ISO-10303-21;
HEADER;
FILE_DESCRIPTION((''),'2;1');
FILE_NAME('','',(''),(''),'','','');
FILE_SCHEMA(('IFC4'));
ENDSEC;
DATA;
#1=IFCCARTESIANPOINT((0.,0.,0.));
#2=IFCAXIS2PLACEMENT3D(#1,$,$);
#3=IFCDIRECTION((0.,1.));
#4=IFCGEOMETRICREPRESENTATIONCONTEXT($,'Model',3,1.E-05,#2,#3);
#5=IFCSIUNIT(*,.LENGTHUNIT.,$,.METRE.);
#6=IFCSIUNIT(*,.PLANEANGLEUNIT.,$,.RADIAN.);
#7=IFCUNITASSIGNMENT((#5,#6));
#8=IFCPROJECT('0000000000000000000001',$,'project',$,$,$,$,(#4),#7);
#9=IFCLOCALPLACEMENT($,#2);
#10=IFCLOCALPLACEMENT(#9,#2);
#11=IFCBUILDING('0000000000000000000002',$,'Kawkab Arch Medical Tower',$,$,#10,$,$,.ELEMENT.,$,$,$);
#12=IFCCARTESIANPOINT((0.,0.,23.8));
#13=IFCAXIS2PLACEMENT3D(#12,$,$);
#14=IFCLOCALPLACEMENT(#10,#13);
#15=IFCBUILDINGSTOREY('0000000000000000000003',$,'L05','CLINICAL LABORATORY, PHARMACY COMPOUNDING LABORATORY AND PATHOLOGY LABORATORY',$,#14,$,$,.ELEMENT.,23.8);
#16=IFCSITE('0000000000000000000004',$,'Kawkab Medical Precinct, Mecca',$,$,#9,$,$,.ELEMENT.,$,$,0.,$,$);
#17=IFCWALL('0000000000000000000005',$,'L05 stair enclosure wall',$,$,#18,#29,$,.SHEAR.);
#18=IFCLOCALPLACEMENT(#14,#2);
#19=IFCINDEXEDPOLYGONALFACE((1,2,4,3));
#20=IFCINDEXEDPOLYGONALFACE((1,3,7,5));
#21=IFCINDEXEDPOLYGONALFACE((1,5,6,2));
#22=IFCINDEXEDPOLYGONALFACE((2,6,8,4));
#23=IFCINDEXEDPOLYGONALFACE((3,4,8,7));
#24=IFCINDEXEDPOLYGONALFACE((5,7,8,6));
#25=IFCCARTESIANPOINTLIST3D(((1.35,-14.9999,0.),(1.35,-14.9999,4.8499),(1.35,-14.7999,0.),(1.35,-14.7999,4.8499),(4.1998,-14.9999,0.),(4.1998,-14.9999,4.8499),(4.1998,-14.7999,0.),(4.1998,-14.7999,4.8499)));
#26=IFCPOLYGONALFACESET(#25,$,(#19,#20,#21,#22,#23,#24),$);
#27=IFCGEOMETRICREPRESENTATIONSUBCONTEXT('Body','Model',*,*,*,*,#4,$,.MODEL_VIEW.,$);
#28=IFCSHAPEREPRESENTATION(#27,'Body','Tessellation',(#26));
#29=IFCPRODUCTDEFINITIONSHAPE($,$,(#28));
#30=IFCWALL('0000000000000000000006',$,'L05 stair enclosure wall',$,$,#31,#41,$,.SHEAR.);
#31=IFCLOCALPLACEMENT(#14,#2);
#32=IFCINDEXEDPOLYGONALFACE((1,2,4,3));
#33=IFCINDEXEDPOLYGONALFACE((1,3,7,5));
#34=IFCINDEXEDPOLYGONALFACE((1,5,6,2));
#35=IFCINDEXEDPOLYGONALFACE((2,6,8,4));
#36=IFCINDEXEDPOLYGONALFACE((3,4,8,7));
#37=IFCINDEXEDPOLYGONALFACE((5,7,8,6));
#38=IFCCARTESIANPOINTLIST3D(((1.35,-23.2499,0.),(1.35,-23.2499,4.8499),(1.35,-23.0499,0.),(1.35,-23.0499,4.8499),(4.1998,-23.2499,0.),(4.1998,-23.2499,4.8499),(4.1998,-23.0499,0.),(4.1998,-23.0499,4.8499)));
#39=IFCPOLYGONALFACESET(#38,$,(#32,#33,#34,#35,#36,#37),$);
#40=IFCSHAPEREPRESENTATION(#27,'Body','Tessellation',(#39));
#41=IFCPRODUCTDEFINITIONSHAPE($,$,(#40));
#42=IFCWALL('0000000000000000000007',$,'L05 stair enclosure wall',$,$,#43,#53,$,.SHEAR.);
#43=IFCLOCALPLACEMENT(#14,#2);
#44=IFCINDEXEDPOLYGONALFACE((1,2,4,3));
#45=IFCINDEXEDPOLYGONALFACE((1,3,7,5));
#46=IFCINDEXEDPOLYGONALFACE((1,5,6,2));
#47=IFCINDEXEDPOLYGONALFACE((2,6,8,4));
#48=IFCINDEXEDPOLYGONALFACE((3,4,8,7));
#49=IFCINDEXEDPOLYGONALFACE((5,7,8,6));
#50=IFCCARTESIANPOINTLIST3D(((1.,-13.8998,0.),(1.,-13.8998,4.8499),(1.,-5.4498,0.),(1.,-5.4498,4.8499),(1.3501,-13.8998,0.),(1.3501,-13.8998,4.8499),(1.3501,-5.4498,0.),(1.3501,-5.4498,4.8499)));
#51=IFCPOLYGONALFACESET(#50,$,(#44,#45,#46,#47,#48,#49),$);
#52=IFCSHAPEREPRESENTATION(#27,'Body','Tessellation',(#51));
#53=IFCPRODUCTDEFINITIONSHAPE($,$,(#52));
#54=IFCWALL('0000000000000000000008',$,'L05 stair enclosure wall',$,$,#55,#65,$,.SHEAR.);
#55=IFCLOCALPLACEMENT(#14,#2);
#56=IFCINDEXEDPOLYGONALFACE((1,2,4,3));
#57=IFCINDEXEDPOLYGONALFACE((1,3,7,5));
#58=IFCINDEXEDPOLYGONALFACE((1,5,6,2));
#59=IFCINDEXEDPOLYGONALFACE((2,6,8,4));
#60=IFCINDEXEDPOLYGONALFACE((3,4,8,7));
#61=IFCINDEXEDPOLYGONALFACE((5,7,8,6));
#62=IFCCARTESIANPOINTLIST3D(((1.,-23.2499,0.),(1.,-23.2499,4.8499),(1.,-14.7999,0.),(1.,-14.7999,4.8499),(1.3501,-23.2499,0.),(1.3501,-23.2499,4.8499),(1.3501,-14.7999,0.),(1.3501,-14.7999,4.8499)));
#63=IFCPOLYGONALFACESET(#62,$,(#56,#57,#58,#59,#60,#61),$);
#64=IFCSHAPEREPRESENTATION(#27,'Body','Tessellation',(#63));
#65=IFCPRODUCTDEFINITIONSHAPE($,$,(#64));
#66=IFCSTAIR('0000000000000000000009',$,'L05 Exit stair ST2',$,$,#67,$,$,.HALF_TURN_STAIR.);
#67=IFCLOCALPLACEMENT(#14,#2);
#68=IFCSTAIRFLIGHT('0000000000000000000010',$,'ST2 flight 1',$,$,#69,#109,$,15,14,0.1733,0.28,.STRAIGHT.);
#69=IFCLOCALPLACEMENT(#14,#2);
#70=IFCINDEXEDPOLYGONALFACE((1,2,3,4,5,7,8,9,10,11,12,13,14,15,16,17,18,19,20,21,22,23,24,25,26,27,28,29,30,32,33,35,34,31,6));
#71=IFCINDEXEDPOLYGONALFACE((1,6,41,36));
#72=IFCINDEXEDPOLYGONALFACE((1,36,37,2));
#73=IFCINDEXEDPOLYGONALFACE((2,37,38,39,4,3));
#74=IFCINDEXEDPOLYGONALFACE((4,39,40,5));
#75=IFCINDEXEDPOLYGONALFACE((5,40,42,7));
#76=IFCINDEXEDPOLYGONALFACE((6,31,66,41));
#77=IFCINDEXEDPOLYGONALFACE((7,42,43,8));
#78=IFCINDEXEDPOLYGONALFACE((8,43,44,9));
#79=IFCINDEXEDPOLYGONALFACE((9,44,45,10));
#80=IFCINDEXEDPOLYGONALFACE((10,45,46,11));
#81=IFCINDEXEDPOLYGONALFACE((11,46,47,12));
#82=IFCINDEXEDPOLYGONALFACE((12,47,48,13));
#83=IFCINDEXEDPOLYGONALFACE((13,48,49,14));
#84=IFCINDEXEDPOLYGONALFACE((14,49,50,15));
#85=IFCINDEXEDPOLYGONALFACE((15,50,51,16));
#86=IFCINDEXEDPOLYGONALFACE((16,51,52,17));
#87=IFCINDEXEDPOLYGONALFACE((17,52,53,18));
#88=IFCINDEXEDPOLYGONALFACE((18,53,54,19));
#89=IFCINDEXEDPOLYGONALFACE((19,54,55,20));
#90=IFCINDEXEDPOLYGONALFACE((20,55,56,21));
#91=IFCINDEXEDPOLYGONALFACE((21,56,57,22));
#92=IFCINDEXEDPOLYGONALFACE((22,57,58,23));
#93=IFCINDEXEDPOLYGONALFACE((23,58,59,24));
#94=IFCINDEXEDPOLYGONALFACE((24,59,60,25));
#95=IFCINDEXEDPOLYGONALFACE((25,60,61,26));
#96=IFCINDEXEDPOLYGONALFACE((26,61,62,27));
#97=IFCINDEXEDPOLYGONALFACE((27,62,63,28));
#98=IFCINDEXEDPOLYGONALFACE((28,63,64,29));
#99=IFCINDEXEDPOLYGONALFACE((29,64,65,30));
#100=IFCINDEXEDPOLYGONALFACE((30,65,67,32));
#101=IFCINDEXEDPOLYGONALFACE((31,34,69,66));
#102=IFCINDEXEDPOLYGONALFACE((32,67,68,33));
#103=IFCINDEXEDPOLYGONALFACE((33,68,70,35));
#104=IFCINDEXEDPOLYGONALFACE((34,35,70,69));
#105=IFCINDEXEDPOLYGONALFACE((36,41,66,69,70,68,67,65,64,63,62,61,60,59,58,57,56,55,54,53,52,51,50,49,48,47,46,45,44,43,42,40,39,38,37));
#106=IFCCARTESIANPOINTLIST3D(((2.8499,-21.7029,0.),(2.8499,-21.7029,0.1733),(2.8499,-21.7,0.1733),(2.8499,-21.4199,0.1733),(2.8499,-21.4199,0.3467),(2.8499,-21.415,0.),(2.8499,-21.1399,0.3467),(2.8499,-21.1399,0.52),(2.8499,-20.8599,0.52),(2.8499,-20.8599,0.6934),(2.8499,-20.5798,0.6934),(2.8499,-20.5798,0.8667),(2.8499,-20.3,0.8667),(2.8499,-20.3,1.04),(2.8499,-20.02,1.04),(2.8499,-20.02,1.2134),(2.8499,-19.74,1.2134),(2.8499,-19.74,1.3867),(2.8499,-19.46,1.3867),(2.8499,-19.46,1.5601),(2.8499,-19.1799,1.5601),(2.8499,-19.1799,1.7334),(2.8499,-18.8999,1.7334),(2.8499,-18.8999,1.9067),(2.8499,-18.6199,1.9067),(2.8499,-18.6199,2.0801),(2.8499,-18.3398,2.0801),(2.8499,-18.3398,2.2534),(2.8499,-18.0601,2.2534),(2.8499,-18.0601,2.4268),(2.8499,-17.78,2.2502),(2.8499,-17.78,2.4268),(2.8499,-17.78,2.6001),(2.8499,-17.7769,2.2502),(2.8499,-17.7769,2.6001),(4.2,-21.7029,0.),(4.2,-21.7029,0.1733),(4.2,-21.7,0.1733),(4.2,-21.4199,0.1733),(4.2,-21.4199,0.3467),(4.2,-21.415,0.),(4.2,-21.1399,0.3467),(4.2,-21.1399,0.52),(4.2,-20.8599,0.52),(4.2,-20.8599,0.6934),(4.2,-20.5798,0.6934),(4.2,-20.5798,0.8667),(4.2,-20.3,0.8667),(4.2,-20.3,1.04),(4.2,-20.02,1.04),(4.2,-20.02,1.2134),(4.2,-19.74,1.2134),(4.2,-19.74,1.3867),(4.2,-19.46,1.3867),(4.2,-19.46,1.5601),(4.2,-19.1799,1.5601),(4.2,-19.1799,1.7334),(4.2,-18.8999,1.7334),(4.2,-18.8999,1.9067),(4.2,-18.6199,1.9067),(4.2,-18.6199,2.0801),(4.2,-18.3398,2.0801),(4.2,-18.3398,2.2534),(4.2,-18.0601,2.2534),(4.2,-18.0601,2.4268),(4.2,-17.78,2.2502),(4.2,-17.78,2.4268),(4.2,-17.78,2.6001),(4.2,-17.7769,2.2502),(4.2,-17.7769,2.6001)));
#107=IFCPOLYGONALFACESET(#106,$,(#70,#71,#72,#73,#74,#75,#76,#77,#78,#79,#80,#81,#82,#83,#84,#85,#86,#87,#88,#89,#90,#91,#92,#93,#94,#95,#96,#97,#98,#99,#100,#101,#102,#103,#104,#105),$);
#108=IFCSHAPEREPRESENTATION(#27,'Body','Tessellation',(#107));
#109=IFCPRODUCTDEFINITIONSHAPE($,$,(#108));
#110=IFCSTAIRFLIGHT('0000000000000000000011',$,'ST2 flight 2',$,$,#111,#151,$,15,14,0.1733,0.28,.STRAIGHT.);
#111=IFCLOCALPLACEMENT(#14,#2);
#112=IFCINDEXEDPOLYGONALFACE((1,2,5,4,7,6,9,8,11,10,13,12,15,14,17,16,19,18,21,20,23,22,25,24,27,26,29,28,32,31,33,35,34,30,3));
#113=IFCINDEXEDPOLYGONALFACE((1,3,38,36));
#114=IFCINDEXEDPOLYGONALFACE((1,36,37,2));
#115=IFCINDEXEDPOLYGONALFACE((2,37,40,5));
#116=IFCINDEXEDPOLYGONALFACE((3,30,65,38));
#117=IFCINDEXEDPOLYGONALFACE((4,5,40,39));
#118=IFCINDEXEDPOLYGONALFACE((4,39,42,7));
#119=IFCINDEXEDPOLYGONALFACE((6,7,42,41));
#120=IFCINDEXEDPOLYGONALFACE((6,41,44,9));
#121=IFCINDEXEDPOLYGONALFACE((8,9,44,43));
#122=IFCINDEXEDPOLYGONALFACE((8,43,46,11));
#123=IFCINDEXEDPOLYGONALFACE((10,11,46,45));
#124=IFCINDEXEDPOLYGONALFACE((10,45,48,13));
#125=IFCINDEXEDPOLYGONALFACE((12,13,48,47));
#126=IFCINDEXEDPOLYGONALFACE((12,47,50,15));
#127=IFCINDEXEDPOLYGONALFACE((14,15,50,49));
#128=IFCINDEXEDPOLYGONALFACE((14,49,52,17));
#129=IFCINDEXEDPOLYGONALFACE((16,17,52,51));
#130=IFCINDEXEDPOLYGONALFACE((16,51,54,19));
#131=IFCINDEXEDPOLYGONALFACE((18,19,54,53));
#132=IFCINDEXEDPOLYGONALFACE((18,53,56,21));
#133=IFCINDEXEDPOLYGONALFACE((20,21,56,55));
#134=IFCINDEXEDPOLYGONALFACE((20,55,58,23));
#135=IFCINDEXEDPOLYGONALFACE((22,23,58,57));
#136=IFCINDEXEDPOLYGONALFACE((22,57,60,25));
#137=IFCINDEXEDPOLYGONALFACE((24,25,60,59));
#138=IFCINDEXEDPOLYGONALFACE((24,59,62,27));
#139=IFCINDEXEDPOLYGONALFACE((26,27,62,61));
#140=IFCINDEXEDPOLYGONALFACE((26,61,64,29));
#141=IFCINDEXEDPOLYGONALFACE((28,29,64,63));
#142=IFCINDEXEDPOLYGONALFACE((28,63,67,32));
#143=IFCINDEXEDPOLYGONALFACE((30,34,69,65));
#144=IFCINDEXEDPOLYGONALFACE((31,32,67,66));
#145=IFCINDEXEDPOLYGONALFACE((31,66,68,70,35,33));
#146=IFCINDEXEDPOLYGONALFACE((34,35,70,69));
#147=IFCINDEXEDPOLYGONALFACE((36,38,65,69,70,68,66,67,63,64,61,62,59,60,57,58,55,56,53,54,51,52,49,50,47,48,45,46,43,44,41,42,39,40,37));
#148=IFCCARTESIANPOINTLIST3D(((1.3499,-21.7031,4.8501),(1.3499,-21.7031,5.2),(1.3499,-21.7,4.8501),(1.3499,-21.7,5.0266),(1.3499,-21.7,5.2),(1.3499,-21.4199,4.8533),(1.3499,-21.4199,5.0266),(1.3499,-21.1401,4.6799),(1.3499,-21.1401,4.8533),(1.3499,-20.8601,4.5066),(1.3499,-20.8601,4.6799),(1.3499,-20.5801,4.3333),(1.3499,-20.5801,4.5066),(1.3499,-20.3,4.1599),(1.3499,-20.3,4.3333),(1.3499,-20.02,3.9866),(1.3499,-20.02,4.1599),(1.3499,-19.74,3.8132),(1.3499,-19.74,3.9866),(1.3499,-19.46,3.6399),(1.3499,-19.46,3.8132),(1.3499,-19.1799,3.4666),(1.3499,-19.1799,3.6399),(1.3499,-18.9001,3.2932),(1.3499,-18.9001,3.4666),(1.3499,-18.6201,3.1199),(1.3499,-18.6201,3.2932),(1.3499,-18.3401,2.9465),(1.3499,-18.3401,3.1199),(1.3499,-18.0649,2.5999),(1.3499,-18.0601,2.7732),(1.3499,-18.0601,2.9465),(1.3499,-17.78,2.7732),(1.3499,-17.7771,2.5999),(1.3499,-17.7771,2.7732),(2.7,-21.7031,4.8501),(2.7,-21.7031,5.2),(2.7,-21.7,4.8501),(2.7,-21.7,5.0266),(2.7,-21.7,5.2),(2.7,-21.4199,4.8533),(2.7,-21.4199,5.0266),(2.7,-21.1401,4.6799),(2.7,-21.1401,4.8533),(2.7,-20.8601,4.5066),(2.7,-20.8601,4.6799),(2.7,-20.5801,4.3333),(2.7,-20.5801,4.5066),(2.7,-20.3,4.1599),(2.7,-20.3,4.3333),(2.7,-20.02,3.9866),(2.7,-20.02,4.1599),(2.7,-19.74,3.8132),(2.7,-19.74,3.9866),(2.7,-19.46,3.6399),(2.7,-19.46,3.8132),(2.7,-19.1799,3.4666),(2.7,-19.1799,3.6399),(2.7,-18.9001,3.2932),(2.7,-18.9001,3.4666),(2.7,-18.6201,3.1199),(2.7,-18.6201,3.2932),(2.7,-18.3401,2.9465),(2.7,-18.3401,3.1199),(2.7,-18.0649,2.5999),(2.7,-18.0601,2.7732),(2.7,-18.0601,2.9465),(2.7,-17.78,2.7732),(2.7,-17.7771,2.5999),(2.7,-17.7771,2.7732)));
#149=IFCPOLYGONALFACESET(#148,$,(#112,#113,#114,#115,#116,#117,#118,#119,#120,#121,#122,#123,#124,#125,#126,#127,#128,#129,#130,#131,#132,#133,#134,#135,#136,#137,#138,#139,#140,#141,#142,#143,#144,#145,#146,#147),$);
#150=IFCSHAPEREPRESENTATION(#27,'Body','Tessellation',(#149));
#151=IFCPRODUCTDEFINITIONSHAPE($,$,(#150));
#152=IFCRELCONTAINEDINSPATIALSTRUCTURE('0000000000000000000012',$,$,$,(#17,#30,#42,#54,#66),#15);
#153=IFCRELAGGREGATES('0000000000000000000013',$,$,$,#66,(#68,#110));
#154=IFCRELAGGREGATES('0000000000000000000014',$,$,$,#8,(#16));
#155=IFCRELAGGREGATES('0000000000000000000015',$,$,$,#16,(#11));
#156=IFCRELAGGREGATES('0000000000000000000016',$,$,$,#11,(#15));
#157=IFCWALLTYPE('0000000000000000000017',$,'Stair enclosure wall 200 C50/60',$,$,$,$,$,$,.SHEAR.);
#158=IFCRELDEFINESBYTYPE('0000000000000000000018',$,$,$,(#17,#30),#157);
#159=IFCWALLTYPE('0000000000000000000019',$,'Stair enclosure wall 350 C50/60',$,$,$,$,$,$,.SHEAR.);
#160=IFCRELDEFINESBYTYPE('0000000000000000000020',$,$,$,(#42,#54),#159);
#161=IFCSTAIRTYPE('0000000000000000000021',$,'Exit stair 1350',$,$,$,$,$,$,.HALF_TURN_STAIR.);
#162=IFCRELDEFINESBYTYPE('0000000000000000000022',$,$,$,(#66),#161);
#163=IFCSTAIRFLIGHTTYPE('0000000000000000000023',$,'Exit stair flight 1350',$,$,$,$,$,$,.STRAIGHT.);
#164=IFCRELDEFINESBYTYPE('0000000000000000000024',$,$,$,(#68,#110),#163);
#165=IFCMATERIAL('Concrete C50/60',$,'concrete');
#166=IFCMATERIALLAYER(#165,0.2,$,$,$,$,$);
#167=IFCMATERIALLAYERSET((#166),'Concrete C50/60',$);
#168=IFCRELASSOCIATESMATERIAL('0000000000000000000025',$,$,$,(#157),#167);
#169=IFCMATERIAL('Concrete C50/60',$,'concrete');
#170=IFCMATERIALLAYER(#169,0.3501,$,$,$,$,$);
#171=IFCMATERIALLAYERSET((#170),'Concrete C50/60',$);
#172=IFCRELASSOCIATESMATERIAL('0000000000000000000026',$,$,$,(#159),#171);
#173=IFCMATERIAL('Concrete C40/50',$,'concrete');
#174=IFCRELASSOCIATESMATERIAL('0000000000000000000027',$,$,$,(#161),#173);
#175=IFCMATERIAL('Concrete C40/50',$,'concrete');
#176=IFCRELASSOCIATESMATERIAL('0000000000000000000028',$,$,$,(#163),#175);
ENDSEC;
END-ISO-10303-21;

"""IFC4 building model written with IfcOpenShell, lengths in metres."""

from ifc_helpers import new_model, si_unit, direction, frame, frame_2d, origin, place, context, subcontext, project, spatial, polyline, rectangle, outline, extrude, material, layer, layer_set, type_object, element, aggregate, save


model = new_model("IFC4")

# Units and contexts
model_context = context("Model", 3, precision=1e-05, world=origin(), true_north=direction((0.0, 1.0)))
body_context = subcontext(model_context, "Body", "Model", "MODEL_VIEW")
ifc_project = project(units=[si_unit("LENGTHUNIT", "METRE"), si_unit("PLANEANGLEUNIT", "RADIAN")], contexts=[model_context])

# Site, building, storey
site_placement = place(None, origin())
site = spatial("IfcSite", under=ifc_project, at=site_placement, Name="Kawkab Medical Precinct, Mecca", CompositionType="ELEMENT", RefElevation=0.0)
building_placement = place(site_placement, origin())
building = spatial("IfcBuilding", under=site, at=building_placement, Name="Kawkab Arch Medical Tower", CompositionType="ELEMENT")
storey_placement = place(building_placement, frame((0.0, 0.0, 23.8)))
storey = spatial("IfcBuildingStorey", under=building, at=storey_placement, Name="L05", Description="CLINICAL LABORATORY, PHARMACY COMPOUNDING LABORATORY AND PATHOLOGY LABORATORY", CompositionType="ELEMENT", Elevation=23.8)

# Walls
ifc_material_1 = material(Name="Concrete C50/60", Category="concrete")
ifc_layer_1 = layer(ifc_material_1, 0.2)
ifc_layer_set_1 = layer_set([ifc_layer_1], Name="Concrete C50/60")
wall_type_1 = type_object("IfcWallType", Name="Stair enclosure wall 200 C50/60", PredefinedType="SHEAR", material=ifc_layer_set_1)
for number, where, z_axis, x_axis, name in (
    (1, (1.3501, -14.8999, 0.0), (0.0, 0.0, 1.0), (1.0, 0.0, 0.0), "L05 stair enclosure wall"),
    (2, (1.3501, -23.1499, 0.0), (0.0, 0.0, 1.0), (1.0, 0.0, 0.0), "L05 stair enclosure wall"),
):
    element("IfcWall", number, at=place(storey_placement, frame(where, z_axis=z_axis, x_axis=x_axis)), inside=storey, type_object=wall_type_1, Name=name, PredefinedType="SHEAR", context=body_context, shape_type="SweptSolid", body=[
        extrude(rectangle(XDim=2.8499, YDim=0.2, at=frame_2d((1.4248, 0.0))), origin(), (0.0, 0.0, 1.0), 4.8499),
    ])
ifc_material_2 = material(Name="Concrete C50/60", Category="concrete")
ifc_layer_2 = layer(ifc_material_2, 0.3501)
ifc_layer_set_2 = layer_set([ifc_layer_2], Name="Concrete C50/60")
wall_type_2 = type_object("IfcWallType", Name="Stair enclosure wall 350 C50/60", PredefinedType="SHEAR", material=ifc_layer_set_2)
for number, where, z_axis, x_axis, name in (
    (3, (1.175, -13.8999, 0.0), (0.0, 0.0, 1.0), (0.0, 1.0, 0.0), "L05 stair enclosure wall"),
    (4, (1.175, -23.25, 0.0), (0.0, 0.0, 1.0), (0.0, 1.0, 0.0), "L05 stair enclosure wall"),
):
    element("IfcWall", number, at=place(storey_placement, frame(where, z_axis=z_axis, x_axis=x_axis)), inside=storey, type_object=wall_type_2, Name=name, PredefinedType="SHEAR", context=body_context, shape_type="SweptSolid", body=[
        extrude(rectangle(XDim=8.45, YDim=0.3501, at=frame_2d((4.2251, 0.0))), origin(), (0.0, 0.0, 1.0), 4.8499),
    ])

# Stair, stair flights
ifc_material_3 = material(Name="Concrete C40/50", Category="concrete")
stair_type = type_object("IfcStairType", Name="Exit stair 1350", PredefinedType="HALF_TURN_STAIR", material=ifc_material_3)
stair_placement = place(storey_placement, origin())
stair = element("IfcStair", 5, at=stair_placement, inside=storey, type_object=stair_type, Name="L05 Exit stair ST2", PredefinedType="HALF_TURN_STAIR")
ifc_material_4 = material(Name="Concrete C40/50", Category="concrete")
stair_flight_type = type_object("IfcStairFlightType", Name="Exit stair flight 1350", PredefinedType="STRAIGHT", material=ifc_material_4)
stair_flight_1_placement = place(storey_placement, frame((3.5249, -21.7, 0.0), z_axis=(0.0, 0.0, 1.0), x_axis=(0.0, 1.0, 0.0)))
stair_flight_1 = element("IfcStairFlight", 6, at=stair_flight_1_placement, type_object=stair_flight_type, Name="ST2 flight 1", NumberOfRisers=15, NumberOfTreads=14, PredefinedType="STRAIGHT", RiserHeight=0.1733, TreadLength=0.28, context=body_context, shape_type="SweptSolid", body=[
    extrude(outline(polyline([(-0.0029, 0.0), (-0.0029, 0.1733), (0.0, 0.1733), (0.28, 0.1733), (0.28, 0.3467), (0.5601, 0.3467), (0.5601, 0.52), (0.8401, 0.52), (0.8401, 0.6934), (1.1201, 0.6934), (1.1201, 0.8667), (1.3999, 0.8667), (1.3999, 1.04), (1.6799, 1.04), (1.6799, 1.2134), (1.96, 1.2134), (1.96, 1.3867), (2.24, 1.3867), (2.24, 1.5601), (2.52, 1.5601), (2.52, 1.7334), (2.8, 1.7334), (2.8, 1.9067), (3.0801, 1.9067), (3.0801, 2.0801), (3.3601, 2.0801), (3.3601, 2.2534), (3.6399, 2.2534), (3.6399, 2.4268), (3.9199, 2.4268), (3.9199, 2.6001), (3.9231, 2.6001), (3.9231, 2.2502), (3.9199, 2.2502), (0.2849, 0.0), (-0.0029, 0.0)])), frame((0.0, 0.675, 0.0), z_axis=(0.0, -1.0, 0.0), x_axis=(1.0, 0.0, 0.0)), (0.0, 0.0, 1.0), 1.3501),
])
stair_flight_2_placement = place(storey_placement, frame((2.0249, -17.78, 2.5999), z_axis=(0.0, 0.0, 1.0), x_axis=(0.0, -1.0, 0.0)))
stair_flight_2 = element("IfcStairFlight", 7, at=stair_flight_2_placement, type_object=stair_flight_type, Name="ST2 flight 2", NumberOfRisers=15, NumberOfTreads=14, PredefinedType="STRAIGHT", RiserHeight=0.1733, TreadLength=0.28, context=body_context, shape_type="SweptSolid", body=[
    extrude(outline(polyline([(-0.0029, 0.0), (-0.0029, 0.1733), (0.0, 0.1733), (0.28, 0.1733), (0.28, 0.3467), (0.5601, 0.3467), (0.5601, 0.52), (0.8401, 0.52), (0.8401, 0.6934), (1.1201, 0.6934), (1.1201, 0.8667), (1.3999, 0.8667), (1.3999, 1.04), (1.6799, 1.04), (1.6799, 1.2134), (1.96, 1.2134), (1.96, 1.3867), (2.24, 1.3867), (2.24, 1.5601), (2.52, 1.5601), (2.52, 1.7334), (2.8, 1.7334), (2.8, 1.9067), (3.0801, 1.9067), (3.0801, 2.0801), (3.3601, 2.0801), (3.3601, 2.2534), (3.6399, 2.2534), (3.6399, 2.4268), (3.9199, 2.4268), (3.9199, 2.6001), (3.9231, 2.6001), (3.9231, 2.2502), (3.9199, 2.2502), (0.2849, 0.0), (-0.0029, 0.0)])), frame((0.0, 0.675, 0.0), z_axis=(0.0, -1.0, 0.0), x_axis=(1.0, 0.0, 0.0)), (0.0, 0.0, 1.0), 1.3501),
])
aggregate(stair, [stair_flight_1, stair_flight_2])

save(model, "model.ifc")
